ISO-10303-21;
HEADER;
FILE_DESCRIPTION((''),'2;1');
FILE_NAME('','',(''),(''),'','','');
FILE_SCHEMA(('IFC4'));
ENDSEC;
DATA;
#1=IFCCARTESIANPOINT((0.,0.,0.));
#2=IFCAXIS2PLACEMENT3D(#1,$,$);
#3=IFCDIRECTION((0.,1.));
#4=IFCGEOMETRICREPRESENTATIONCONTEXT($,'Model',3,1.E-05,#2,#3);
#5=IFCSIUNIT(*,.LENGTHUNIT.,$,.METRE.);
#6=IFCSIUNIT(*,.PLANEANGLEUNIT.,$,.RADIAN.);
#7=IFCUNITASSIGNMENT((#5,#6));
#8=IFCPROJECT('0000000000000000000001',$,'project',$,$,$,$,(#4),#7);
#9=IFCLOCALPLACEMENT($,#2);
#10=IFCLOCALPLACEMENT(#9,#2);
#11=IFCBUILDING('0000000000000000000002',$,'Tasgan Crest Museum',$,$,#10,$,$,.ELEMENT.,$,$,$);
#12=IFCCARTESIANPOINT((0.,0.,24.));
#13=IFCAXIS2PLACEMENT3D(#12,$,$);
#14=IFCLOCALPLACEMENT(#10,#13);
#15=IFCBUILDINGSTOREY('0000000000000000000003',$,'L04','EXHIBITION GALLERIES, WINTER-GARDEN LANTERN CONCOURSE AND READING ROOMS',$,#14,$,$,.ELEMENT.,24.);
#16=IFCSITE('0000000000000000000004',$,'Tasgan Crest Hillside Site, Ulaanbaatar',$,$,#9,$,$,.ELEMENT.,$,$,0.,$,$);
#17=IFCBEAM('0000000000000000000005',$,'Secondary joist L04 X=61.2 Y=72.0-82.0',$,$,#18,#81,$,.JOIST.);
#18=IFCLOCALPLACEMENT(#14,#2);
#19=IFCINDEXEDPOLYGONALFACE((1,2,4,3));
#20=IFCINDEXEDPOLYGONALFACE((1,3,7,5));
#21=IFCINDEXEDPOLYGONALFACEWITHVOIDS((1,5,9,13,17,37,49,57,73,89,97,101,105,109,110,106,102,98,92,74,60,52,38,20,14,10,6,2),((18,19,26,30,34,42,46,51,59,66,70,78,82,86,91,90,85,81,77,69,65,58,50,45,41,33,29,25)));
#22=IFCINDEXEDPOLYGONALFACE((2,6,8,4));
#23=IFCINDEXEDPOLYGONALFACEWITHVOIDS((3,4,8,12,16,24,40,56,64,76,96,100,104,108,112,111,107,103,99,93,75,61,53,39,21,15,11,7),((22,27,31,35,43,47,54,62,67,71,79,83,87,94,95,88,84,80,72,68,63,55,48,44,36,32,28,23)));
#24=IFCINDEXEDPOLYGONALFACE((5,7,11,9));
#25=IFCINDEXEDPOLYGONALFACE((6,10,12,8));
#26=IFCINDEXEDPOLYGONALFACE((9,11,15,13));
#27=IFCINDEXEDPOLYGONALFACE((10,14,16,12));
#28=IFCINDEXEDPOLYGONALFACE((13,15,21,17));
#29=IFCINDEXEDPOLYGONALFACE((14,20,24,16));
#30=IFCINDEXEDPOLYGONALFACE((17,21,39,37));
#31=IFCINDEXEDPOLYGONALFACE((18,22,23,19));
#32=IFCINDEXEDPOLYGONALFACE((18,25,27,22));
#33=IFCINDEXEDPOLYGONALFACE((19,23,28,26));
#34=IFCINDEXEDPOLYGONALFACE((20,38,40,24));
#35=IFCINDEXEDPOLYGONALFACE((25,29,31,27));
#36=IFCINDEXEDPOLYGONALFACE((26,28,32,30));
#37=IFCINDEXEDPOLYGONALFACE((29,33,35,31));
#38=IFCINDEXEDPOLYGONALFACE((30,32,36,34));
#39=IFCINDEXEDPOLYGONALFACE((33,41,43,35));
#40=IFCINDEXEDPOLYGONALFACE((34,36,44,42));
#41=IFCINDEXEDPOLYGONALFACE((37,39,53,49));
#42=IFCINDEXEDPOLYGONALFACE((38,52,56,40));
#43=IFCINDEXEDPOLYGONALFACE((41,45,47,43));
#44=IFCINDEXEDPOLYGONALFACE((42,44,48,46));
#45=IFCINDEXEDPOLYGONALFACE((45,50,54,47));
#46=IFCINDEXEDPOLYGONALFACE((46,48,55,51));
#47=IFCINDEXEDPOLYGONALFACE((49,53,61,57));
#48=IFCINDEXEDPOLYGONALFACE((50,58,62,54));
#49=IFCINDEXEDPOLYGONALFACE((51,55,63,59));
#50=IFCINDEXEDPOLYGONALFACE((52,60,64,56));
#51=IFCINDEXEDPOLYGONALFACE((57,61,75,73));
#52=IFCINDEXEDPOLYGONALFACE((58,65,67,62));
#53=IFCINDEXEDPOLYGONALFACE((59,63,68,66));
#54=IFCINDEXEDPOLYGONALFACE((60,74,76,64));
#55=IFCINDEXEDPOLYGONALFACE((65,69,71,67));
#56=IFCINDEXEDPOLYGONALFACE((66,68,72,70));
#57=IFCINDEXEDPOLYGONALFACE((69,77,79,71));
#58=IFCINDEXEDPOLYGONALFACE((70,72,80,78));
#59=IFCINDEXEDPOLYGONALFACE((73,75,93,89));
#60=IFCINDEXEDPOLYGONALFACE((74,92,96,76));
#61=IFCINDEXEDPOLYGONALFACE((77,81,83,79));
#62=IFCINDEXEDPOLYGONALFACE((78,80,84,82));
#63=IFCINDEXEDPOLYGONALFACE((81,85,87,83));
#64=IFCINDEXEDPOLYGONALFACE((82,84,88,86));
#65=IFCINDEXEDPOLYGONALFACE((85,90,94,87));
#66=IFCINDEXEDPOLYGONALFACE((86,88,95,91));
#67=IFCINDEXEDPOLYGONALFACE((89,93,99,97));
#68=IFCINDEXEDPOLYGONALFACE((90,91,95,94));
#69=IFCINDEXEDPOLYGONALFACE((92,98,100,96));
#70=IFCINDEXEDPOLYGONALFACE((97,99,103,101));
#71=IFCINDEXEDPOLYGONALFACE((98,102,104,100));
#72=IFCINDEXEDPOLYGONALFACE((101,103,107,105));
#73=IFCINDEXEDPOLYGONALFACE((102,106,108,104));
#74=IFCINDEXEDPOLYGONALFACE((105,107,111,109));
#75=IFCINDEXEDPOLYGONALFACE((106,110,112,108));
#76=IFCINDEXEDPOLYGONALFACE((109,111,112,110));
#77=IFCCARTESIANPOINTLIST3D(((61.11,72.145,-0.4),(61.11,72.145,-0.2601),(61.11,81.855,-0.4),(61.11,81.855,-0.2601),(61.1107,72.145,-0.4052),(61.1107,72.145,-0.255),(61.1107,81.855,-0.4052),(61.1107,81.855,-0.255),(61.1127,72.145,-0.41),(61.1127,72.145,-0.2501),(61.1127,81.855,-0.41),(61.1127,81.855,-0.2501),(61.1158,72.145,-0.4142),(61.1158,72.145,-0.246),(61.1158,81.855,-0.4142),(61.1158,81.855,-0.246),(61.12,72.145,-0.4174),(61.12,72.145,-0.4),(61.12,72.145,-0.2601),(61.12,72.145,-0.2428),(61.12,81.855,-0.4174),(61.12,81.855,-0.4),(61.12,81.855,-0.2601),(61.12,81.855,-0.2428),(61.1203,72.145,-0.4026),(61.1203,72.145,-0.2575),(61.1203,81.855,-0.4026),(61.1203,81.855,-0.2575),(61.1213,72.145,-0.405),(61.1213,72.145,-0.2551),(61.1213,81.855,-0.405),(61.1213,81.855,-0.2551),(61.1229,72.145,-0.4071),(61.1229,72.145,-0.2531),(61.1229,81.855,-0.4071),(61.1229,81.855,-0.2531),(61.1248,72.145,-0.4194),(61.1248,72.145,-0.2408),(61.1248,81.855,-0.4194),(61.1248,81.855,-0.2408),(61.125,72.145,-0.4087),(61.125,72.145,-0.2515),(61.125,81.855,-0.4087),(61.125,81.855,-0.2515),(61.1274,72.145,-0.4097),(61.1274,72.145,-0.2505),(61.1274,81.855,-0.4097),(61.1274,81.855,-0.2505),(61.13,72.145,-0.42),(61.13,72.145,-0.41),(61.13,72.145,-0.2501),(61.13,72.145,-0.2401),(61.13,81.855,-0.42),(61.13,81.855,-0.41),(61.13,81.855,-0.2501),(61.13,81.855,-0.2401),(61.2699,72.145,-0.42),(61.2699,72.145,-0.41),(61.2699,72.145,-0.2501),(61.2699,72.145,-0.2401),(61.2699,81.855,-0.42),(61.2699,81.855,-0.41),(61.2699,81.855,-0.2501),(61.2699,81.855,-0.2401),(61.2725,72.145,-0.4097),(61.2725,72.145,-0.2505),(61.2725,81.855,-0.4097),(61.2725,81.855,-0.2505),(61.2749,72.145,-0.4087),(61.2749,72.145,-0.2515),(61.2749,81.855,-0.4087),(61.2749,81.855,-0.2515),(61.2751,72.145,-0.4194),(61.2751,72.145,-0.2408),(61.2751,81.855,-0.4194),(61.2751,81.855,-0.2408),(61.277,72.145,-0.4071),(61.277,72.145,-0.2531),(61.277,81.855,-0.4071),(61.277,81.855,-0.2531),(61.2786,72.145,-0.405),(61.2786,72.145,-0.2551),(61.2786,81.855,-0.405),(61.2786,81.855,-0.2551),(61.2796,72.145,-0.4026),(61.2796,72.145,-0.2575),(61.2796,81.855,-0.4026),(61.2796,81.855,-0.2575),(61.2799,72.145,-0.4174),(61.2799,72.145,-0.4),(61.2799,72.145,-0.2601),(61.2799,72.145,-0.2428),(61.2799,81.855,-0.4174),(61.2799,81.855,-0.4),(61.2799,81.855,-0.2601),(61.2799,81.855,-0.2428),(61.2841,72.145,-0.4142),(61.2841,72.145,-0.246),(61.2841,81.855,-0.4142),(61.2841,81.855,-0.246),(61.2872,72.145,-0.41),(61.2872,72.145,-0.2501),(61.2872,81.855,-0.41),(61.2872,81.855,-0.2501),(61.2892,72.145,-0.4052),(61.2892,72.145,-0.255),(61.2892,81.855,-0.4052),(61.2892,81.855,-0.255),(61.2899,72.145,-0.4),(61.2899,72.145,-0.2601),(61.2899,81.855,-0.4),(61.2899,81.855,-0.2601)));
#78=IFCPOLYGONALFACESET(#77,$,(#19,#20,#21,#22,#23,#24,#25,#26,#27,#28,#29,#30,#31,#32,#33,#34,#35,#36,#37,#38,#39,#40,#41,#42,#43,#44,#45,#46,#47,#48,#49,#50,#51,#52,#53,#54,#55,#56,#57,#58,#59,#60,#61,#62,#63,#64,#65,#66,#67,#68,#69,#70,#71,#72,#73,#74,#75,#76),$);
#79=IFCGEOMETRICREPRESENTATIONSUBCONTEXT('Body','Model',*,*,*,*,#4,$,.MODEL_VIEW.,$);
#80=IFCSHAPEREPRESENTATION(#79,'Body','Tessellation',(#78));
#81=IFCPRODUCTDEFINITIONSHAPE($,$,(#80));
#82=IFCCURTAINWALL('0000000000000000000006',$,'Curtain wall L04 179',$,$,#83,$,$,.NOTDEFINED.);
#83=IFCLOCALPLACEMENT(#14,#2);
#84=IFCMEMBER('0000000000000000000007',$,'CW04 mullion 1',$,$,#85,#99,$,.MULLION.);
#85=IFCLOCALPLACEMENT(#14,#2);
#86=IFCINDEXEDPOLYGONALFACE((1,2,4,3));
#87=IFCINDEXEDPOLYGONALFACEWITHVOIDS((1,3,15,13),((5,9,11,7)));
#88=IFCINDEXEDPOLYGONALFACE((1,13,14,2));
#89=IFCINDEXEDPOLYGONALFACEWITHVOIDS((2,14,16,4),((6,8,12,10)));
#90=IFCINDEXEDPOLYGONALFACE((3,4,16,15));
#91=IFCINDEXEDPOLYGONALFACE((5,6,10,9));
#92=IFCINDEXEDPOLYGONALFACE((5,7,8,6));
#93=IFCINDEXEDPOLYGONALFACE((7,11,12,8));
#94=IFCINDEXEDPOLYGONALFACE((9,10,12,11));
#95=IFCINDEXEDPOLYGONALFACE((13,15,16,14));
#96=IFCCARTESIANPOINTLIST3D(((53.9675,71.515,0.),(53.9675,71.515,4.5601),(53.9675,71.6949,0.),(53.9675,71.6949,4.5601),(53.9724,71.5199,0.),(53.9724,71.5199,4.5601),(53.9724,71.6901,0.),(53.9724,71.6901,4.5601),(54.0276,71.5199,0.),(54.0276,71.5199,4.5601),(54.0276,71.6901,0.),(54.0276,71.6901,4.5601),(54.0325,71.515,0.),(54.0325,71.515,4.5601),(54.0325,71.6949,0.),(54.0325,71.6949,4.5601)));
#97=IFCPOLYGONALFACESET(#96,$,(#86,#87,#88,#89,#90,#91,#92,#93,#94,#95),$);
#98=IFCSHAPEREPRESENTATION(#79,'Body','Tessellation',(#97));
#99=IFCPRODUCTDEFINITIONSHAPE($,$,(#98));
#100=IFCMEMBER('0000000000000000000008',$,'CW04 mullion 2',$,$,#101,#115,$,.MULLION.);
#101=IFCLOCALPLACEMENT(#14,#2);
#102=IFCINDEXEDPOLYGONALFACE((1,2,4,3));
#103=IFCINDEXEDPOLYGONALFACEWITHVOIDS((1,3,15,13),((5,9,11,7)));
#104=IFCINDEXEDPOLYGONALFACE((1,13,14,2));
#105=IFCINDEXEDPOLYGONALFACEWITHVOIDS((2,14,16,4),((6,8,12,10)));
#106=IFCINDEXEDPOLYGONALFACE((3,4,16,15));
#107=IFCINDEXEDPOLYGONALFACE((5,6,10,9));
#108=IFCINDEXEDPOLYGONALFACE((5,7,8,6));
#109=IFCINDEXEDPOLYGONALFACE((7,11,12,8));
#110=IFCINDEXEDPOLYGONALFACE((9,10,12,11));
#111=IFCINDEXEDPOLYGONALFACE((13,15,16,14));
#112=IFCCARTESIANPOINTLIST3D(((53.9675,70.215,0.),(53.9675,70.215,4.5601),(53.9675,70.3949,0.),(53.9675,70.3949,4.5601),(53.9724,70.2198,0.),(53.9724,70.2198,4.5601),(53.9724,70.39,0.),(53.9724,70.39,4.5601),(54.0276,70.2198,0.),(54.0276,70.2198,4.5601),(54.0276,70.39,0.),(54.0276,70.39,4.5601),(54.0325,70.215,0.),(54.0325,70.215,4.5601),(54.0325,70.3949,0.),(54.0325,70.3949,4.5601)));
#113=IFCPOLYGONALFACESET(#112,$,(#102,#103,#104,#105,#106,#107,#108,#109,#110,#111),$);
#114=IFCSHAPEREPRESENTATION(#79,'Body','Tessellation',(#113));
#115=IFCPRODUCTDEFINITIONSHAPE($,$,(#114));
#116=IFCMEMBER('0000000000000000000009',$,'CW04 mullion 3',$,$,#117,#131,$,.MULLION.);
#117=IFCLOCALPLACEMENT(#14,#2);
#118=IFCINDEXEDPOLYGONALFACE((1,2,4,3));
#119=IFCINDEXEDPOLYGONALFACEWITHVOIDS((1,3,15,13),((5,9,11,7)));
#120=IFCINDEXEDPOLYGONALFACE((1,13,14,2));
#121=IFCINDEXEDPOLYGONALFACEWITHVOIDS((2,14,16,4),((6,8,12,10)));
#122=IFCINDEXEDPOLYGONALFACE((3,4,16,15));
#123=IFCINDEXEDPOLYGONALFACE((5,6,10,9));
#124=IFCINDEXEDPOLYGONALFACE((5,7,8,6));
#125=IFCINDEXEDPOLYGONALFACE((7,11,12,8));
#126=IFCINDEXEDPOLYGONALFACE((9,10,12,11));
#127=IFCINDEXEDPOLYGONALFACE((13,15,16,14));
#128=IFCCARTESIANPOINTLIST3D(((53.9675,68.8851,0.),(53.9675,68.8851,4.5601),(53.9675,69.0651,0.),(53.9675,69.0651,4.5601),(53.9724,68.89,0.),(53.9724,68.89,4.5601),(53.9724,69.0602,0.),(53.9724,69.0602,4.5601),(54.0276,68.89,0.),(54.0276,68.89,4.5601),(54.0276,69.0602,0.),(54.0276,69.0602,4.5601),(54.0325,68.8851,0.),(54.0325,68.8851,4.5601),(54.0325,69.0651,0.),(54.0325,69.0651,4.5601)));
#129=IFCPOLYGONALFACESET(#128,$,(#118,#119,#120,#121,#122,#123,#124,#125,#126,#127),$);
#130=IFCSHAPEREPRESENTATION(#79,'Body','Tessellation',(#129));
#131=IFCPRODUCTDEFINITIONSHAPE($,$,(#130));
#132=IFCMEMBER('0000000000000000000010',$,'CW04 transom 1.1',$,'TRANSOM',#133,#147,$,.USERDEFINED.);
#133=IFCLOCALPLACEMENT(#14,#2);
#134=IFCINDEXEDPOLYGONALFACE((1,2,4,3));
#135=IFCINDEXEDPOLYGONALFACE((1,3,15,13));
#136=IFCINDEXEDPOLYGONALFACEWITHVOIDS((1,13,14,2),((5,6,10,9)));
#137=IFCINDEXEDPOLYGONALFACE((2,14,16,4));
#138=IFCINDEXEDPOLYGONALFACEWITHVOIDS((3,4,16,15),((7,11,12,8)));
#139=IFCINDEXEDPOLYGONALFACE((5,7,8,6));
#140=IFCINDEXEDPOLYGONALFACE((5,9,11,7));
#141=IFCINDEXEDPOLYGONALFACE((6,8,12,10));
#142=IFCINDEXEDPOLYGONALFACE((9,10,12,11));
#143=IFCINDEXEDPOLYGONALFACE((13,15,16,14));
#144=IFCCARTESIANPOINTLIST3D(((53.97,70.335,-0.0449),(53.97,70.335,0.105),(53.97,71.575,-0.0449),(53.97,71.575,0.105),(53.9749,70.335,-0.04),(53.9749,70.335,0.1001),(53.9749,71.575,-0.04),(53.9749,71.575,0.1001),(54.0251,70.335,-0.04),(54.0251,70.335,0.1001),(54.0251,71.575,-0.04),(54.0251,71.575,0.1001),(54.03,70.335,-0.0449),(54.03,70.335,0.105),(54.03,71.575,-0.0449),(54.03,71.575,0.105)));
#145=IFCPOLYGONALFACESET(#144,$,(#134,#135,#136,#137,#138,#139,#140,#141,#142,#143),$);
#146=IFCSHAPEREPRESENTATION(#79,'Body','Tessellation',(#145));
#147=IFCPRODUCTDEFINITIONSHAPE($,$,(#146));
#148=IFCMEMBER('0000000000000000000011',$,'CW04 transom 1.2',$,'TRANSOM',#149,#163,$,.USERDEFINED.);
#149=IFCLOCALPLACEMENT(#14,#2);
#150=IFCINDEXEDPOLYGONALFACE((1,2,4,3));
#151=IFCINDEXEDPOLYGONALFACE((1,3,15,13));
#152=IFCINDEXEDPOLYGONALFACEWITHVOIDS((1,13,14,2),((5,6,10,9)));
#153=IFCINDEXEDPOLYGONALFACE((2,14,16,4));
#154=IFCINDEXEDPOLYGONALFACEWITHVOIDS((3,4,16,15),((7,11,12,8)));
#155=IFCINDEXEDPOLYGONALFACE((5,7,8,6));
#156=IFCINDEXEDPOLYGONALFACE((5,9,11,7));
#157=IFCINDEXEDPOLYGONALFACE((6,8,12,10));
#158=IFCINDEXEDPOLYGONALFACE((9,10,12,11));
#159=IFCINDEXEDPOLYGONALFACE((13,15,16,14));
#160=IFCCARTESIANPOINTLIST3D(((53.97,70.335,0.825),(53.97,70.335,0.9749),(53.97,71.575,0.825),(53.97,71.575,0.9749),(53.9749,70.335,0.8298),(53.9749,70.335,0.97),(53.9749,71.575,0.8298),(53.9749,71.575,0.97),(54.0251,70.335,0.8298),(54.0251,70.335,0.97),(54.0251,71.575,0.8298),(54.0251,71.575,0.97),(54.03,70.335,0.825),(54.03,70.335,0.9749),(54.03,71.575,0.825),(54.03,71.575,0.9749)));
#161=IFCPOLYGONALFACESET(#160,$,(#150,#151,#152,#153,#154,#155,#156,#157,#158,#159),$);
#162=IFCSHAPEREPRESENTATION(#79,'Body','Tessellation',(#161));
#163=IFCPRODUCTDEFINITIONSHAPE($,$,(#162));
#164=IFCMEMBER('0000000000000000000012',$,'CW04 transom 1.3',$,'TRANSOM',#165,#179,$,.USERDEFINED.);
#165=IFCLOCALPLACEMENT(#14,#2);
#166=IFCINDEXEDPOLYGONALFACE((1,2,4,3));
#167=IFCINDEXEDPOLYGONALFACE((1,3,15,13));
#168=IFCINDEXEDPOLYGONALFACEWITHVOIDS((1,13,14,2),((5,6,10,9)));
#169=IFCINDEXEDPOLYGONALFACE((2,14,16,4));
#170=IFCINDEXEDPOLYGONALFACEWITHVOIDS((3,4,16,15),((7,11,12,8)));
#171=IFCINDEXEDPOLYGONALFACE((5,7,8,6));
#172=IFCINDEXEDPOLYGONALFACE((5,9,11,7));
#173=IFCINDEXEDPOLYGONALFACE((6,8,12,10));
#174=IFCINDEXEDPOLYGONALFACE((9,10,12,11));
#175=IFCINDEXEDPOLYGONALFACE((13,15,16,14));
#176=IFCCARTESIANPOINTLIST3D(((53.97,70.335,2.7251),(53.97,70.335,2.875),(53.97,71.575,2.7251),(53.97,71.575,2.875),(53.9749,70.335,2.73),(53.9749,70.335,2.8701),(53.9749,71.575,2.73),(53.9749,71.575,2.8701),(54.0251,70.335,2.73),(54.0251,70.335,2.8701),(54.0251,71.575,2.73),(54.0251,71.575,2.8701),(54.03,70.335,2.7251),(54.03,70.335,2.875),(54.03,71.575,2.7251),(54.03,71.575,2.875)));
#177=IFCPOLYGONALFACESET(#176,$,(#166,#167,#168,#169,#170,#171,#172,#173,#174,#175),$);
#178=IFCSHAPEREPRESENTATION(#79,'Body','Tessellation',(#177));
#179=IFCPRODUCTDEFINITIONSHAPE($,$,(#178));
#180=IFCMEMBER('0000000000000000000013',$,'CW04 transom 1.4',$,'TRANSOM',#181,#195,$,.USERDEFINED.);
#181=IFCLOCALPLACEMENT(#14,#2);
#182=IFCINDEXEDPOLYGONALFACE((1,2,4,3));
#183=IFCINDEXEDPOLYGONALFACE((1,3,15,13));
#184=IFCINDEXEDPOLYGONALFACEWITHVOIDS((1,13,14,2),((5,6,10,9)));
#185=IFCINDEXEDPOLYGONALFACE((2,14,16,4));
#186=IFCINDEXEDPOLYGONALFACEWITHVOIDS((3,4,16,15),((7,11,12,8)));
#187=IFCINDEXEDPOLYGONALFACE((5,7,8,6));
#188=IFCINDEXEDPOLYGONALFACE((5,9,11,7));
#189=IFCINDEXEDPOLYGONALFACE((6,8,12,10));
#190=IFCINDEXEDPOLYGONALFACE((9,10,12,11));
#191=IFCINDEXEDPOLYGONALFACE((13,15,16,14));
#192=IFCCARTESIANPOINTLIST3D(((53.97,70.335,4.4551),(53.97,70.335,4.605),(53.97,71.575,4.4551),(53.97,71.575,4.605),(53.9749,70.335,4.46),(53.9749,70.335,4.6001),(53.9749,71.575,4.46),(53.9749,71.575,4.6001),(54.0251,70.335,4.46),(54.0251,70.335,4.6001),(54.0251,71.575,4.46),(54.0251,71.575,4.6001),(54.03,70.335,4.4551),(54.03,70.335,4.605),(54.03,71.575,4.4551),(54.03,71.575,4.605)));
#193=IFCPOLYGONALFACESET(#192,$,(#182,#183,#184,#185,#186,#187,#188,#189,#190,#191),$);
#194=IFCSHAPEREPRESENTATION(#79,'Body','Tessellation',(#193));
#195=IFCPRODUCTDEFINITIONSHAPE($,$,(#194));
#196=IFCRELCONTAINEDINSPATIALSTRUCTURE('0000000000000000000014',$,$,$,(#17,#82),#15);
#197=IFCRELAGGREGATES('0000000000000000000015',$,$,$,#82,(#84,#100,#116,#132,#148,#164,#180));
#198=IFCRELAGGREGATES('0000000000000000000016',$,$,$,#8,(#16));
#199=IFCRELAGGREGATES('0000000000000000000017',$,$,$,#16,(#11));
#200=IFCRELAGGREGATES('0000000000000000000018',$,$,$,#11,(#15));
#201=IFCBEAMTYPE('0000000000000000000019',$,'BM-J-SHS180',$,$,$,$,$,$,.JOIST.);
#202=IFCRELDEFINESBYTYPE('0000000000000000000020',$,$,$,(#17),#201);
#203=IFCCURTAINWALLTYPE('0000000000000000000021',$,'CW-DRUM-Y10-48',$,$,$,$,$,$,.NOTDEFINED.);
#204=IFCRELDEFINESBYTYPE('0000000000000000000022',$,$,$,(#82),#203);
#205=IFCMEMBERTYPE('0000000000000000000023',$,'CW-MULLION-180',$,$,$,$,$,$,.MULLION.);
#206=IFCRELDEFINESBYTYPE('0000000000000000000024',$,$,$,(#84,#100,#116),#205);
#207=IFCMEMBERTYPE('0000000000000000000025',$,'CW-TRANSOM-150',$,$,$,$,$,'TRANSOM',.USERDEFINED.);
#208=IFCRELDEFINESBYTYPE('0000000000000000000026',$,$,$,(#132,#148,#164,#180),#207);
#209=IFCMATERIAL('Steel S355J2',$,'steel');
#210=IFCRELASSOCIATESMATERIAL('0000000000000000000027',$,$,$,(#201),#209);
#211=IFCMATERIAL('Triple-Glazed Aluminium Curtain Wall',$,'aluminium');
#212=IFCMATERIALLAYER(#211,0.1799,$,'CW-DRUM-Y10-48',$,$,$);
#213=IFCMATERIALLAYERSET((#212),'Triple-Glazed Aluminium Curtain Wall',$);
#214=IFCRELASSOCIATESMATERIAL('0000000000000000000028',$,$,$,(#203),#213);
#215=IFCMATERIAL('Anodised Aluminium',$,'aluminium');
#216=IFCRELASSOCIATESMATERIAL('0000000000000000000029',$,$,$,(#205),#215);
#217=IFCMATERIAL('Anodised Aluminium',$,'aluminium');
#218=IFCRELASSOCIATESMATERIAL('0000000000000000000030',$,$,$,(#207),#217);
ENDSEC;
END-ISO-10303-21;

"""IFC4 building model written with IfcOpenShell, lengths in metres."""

from ifc_helpers import new_model, si_unit, direction, frame, origin, origin_2d, place, context, subcontext, project, spatial, hollow_rectangle, extrude, material, layer, layer_set, material_profile, profile_set, type_object, element, aggregate, save


model = new_model("IFC4")

# Units and contexts
model_context = context("Model", 3, precision=1e-05, world=origin(), true_north=direction((0.0, 1.0)))
body_context = subcontext(model_context, "Body", "Model", "MODEL_VIEW")
ifc_project = project(units=[si_unit("LENGTHUNIT", "METRE"), si_unit("PLANEANGLEUNIT", "RADIAN")], contexts=[model_context])

# Site, building, storey
site_placement = place(None, origin())
site = spatial("IfcSite", under=ifc_project, at=site_placement, Name="Tasgan Crest Hillside Site, Ulaanbaatar", CompositionType="ELEMENT", RefElevation=0.0)
building_placement = place(site_placement, origin())
building = spatial("IfcBuilding", under=site, at=building_placement, Name="Tasgan Crest Museum", CompositionType="ELEMENT")
storey_placement = place(building_placement, frame((0.0, 0.0, 24.0)))
storey = spatial("IfcBuildingStorey", under=building, at=storey_placement, Name="L04", Description="EXHIBITION GALLERIES, WINTER-GARDEN LANTERN CONCOURSE AND READING ROOMS", CompositionType="ELEMENT", Elevation=24.0)

# Beam
ifc_material_1 = material(Name="Steel S355J2", Category="steel")
ifc_material_profile_1 = material_profile(ifc_material_1, hollow_rectangle(XDim=0.1799, YDim=0.1799, WallThickness=0.01, InnerFilletRadius=0.01, OuterFilletRadius=0.02, at=origin_2d()), Name="SHS 180x180x10")
ifc_profile_set_1 = profile_set([ifc_material_profile_1], Name="Steel S355J2")
beam_type_1 = type_object("IfcBeamType", Name="BM-J-SHS180", PredefinedType="JOIST", material=ifc_profile_set_1)
for number, where, z_axis, x_axis, name in (
    (1, (61.2, 72.145, -0.3301), (0.0, 1.0, 0.0), (-1.0, 0.0, 0.0), "Secondary joist L04 X=61.2 Y=72.0-82.0"),
):
    element("IfcBeam", number, at=place(storey_placement, frame(where, z_axis=z_axis, x_axis=x_axis)), inside=storey, type_object=beam_type_1, Name=name, PredefinedType="JOIST", context=body_context, shape_type="SweptSolid", body=[
        extrude(hollow_rectangle(XDim=0.1799, YDim=0.1799, WallThickness=0.01, InnerFilletRadius=0.01, OuterFilletRadius=0.02, at=origin_2d()), origin(), (0.0, 0.0, 1.0), 9.71),
    ])

# Curtain wall, members
ifc_material_2 = material(Name="Triple-Glazed Aluminium Curtain Wall", Category="aluminium")
ifc_layer_1 = layer(ifc_material_2, 0.1799, Name="CW-DRUM-Y10-48")
ifc_layer_set_1 = layer_set([ifc_layer_1], Name="Triple-Glazed Aluminium Curtain Wall")
curtain_wall_type = type_object("IfcCurtainWallType", Name="CW-DRUM-Y10-48", PredefinedType="NOTDEFINED", material=ifc_layer_set_1)
curtain_wall_placement = place(storey_placement, origin())
curtain_wall = element("IfcCurtainWall", 2, at=curtain_wall_placement, inside=storey, type_object=curtain_wall_type, Name="Curtain wall L04 179", PredefinedType="NOTDEFINED")
ifc_material_3 = material(Name="Anodised Aluminium", Category="aluminium")
ifc_material_profile_2 = material_profile(ifc_material_3, hollow_rectangle(XDim=0.0649, YDim=0.1799, WallThickness=0.0049, at=origin_2d()), Name="ALU MULLION 180x65x5")
ifc_profile_set_2 = profile_set([ifc_material_profile_2], Name="Anodised Aluminium")
member_type_1 = type_object("IfcMemberType", Name="CW-MULLION-180", PredefinedType="MULLION", material=ifc_profile_set_2)
member_1_placement = place(storey_placement, frame((54.0, 71.605, 0.0), z_axis=(0.0, 0.0, 1.0), x_axis=(1.0, 0.0, 0.0)))
member_1 = element("IfcMember", 3, at=member_1_placement, type_object=member_type_1, Name="CW04 mullion 1", PredefinedType="MULLION", context=body_context, shape_type="SweptSolid", body=[
    extrude(hollow_rectangle(XDim=0.0649, YDim=0.1799, WallThickness=0.0049, at=origin_2d()), origin(), (0.0, 0.0, 1.0), 4.5601),
])
member_2_placement = place(storey_placement, frame((54.0, 70.3049, 0.0), z_axis=(0.0, 0.0, 1.0), x_axis=(1.0, 0.0, 0.0)))
member_2 = element("IfcMember", 4, at=member_2_placement, type_object=member_type_1, Name="CW04 mullion 2", PredefinedType="MULLION", context=body_context, shape_type="SweptSolid", body=[
    extrude(hollow_rectangle(XDim=0.0649, YDim=0.1799, WallThickness=0.0049, at=origin_2d()), origin(), (0.0, 0.0, 1.0), 4.5601),
])
member_3_placement = place(storey_placement, frame((54.0, 68.9751, 0.0), z_axis=(0.0, 0.0, 1.0), x_axis=(1.0, 0.0, 0.0)))
member_3 = element("IfcMember", 5, at=member_3_placement, type_object=member_type_1, Name="CW04 mullion 3", PredefinedType="MULLION", context=body_context, shape_type="SweptSolid", body=[
    extrude(hollow_rectangle(XDim=0.0649, YDim=0.1799, WallThickness=0.0049, at=origin_2d()), origin(), (0.0, 0.0, 1.0), 4.5601),
])
ifc_material_4 = material(Name="Anodised Aluminium", Category="aluminium")
ifc_material_profile_3 = material_profile(ifc_material_4, hollow_rectangle(XDim=0.0601, YDim=0.1499, WallThickness=0.0049, at=origin_2d()), Name="ALU TRANSOM 150x60x5")
ifc_profile_set_3 = profile_set([ifc_material_profile_3], Name="Anodised Aluminium")
member_type_2 = type_object("IfcMemberType", Name="CW-TRANSOM-150", ElementType="TRANSOM", PredefinedType="USERDEFINED", material=ifc_profile_set_3)
member_4_placement = place(storey_placement, frame((54.0, 71.575, 0.03), z_axis=(0.0, -1.0, 0.0), x_axis=(1.0, 0.0, 0.0)))
member_4 = element("IfcMember", 6, at=member_4_placement, type_object=member_type_2, Name="CW04 transom 1.1", ObjectType="TRANSOM", PredefinedType="USERDEFINED", context=body_context, shape_type="SweptSolid", body=[
    extrude(hollow_rectangle(XDim=0.0601, YDim=0.1499, WallThickness=0.0049, at=origin_2d()), origin(), (0.0, 0.0, 1.0), 1.24),
])
member_5_placement = place(storey_placement, frame((54.0, 71.575, 0.8999), z_axis=(0.0, -1.0, 0.0), x_axis=(1.0, 0.0, 0.0)))
member_5 = element("IfcMember", 7, at=member_5_placement, type_object=member_type_2, Name="CW04 transom 1.2", ObjectType="TRANSOM", PredefinedType="USERDEFINED", context=body_context, shape_type="SweptSolid", body=[
    extrude(hollow_rectangle(XDim=0.0601, YDim=0.1499, WallThickness=0.0049, at=origin_2d()), origin(), (0.0, 0.0, 1.0), 1.24),
])
member_6_placement = place(storey_placement, frame((54.0, 71.575, 2.8), z_axis=(0.0, -1.0, 0.0), x_axis=(1.0, 0.0, 0.0)))
member_6 = element("IfcMember", 8, at=member_6_placement, type_object=member_type_2, Name="CW04 transom 1.3", ObjectType="TRANSOM", PredefinedType="USERDEFINED", context=body_context, shape_type="SweptSolid", body=[
    extrude(hollow_rectangle(XDim=0.0601, YDim=0.1499, WallThickness=0.0049, at=origin_2d()), origin(), (0.0, 0.0, 1.0), 1.24),
])
member_7_placement = place(storey_placement, frame((54.0, 71.575, 4.53), z_axis=(0.0, -1.0, 0.0), x_axis=(1.0, 0.0, 0.0)))
member_7 = element("IfcMember", 9, at=member_7_placement, type_object=member_type_2, Name="CW04 transom 1.4", ObjectType="TRANSOM", PredefinedType="USERDEFINED", context=body_context, shape_type="SweptSolid", body=[
    extrude(hollow_rectangle(XDim=0.0601, YDim=0.1499, WallThickness=0.0049, at=origin_2d()), origin(), (0.0, 0.0, 1.0), 1.24),
])

aggregate(curtain_wall, [member_1, member_2, member_3, member_4, member_5, member_6, member_7])

save(model, "model.ifc")
